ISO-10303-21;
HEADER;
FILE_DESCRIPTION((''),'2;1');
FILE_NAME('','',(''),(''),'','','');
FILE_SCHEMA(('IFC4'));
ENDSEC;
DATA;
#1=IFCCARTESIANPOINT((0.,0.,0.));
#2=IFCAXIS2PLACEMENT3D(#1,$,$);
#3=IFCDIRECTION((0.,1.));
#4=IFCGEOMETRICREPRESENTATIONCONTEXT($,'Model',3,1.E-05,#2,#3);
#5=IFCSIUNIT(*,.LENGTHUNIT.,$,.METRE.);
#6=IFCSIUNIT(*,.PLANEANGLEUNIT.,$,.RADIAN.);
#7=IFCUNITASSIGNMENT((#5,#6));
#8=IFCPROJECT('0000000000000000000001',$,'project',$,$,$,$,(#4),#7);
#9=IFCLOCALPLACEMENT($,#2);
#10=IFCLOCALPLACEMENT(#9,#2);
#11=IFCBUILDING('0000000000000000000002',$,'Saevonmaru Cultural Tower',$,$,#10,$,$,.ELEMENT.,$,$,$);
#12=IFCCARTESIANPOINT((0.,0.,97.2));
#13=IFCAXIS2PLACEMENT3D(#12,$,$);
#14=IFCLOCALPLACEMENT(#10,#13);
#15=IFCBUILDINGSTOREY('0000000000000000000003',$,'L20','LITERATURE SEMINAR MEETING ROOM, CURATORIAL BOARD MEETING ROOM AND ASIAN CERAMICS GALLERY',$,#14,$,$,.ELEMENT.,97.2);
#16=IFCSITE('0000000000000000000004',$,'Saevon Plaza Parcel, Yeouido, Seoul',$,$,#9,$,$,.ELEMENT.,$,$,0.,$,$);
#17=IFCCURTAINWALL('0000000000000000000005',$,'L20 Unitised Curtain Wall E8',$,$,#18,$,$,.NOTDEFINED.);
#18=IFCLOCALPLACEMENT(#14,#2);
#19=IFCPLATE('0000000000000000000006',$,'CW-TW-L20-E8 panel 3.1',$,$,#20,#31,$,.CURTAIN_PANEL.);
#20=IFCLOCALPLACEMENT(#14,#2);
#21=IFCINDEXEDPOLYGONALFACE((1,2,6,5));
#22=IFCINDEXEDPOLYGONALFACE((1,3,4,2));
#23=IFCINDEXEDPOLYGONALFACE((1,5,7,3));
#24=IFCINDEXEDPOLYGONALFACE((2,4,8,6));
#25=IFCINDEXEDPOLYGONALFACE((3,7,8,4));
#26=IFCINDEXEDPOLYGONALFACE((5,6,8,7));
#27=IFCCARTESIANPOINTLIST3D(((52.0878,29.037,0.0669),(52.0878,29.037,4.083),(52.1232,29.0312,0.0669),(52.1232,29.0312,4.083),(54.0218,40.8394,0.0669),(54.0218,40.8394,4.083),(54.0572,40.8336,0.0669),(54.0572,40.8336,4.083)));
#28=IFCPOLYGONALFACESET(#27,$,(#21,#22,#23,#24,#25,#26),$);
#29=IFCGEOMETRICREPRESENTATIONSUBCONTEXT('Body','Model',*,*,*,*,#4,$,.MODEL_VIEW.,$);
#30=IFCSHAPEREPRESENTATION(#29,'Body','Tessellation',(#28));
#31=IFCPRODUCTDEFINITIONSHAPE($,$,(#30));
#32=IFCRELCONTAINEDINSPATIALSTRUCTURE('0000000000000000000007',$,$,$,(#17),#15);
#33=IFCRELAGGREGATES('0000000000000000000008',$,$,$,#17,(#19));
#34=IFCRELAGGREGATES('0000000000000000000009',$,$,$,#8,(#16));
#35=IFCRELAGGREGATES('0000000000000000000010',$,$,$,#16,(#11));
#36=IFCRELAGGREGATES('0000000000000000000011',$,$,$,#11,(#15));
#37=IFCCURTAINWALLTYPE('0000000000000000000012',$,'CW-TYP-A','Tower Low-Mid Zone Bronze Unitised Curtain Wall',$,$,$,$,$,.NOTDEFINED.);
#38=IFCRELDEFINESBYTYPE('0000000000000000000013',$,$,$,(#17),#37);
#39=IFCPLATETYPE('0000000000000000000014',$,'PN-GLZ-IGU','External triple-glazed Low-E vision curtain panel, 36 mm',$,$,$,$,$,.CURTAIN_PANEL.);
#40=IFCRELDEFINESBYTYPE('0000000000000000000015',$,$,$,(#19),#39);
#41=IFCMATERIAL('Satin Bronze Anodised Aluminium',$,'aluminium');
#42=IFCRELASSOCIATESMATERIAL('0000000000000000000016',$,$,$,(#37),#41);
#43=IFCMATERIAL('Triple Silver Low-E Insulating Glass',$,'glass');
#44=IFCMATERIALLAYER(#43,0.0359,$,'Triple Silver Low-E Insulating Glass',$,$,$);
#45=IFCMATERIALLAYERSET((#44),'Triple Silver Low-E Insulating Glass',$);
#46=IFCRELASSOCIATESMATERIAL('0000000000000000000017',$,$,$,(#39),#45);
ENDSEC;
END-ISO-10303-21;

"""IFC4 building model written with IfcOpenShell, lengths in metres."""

from ifc_helpers import new_model, si_unit, direction, frame, origin, origin_2d, place, context, subcontext, project, spatial, rectangle, extrude, material, layer, layer_set, type_object, element, aggregate, save


model = new_model("IFC4")

# Units and contexts
model_context = context("Model", 3, precision=1e-05, world=origin(), true_north=direction((0.0, 1.0)))
body_context = subcontext(model_context, "Body", "Model", "MODEL_VIEW")
ifc_project = project(units=[si_unit("LENGTHUNIT", "METRE"), si_unit("PLANEANGLEUNIT", "RADIAN")], contexts=[model_context])

# Site, building, storey
site_placement = place(None, origin())
site = spatial("IfcSite", under=ifc_project, at=site_placement, Name="Saevon Plaza Parcel, Yeouido, Seoul", CompositionType="ELEMENT", RefElevation=0.0)
building_placement = place(site_placement, origin())
building = spatial("IfcBuilding", under=site, at=building_placement, Name="Saevonmaru Cultural Tower", CompositionType="ELEMENT")
storey_placement = place(building_placement, frame((0.0, 0.0, 97.2)))
storey = spatial("IfcBuildingStorey", under=building, at=storey_placement, Name="L20", Description="LITERATURE SEMINAR MEETING ROOM, CURATORIAL BOARD MEETING ROOM AND ASIAN CERAMICS GALLERY", CompositionType="ELEMENT", Elevation=97.2)

# Curtain wall
ifc_material_1 = material(Name="Satin Bronze Anodised Aluminium", Category="aluminium")
curtain_wall_type = type_object("IfcCurtainWallType", Name="CW-TYP-A", Description="Tower Low-Mid Zone Bronze Unitised Curtain Wall", PredefinedType="NOTDEFINED", material=ifc_material_1)
curtain_wall_placement = place(storey_placement, origin())
curtain_wall = element("IfcCurtainWall", 1, at=curtain_wall_placement, inside=storey, type_object=curtain_wall_type, Name="L20 Unitised Curtain Wall E8", PredefinedType="NOTDEFINED")

# Plate
ifc_material_2 = material(Name="Triple Silver Low-E Insulating Glass", Category="glass")
ifc_layer_1 = layer(ifc_material_2, 0.0359, Name="Triple Silver Low-E Insulating Glass")
ifc_layer_set_1 = layer_set([ifc_layer_1], Name="Triple Silver Low-E Insulating Glass")
plate_type_1 = type_object("IfcPlateType", Name="PN-GLZ-IGU", Description="External triple-glazed Low-E vision curtain panel, 36 mm", PredefinedType="CURTAIN_PANEL", material=ifc_layer_set_1)
plate_1_placement = place(storey_placement, frame((53.0725, 34.9353, 0.0669), z_axis=(0.0, 0.0, 1.0), x_axis=(0.161709, 0.986839, 0.0)))
plate_1 = element("IfcPlate", 2, at=plate_1_placement, type_object=plate_type_1, Name="CW-TW-L20-E8 panel 3.1", PredefinedType="CURTAIN_PANEL", context=body_context, shape_type="SweptSolid", body=[
    extrude(rectangle(XDim=11.9597, YDim=0.0359, at=origin_2d()), origin(), (0.0, 0.0, 1.0), 4.0161),
])
aggregate(curtain_wall, [plate_1])

save(model, "model.ifc")
